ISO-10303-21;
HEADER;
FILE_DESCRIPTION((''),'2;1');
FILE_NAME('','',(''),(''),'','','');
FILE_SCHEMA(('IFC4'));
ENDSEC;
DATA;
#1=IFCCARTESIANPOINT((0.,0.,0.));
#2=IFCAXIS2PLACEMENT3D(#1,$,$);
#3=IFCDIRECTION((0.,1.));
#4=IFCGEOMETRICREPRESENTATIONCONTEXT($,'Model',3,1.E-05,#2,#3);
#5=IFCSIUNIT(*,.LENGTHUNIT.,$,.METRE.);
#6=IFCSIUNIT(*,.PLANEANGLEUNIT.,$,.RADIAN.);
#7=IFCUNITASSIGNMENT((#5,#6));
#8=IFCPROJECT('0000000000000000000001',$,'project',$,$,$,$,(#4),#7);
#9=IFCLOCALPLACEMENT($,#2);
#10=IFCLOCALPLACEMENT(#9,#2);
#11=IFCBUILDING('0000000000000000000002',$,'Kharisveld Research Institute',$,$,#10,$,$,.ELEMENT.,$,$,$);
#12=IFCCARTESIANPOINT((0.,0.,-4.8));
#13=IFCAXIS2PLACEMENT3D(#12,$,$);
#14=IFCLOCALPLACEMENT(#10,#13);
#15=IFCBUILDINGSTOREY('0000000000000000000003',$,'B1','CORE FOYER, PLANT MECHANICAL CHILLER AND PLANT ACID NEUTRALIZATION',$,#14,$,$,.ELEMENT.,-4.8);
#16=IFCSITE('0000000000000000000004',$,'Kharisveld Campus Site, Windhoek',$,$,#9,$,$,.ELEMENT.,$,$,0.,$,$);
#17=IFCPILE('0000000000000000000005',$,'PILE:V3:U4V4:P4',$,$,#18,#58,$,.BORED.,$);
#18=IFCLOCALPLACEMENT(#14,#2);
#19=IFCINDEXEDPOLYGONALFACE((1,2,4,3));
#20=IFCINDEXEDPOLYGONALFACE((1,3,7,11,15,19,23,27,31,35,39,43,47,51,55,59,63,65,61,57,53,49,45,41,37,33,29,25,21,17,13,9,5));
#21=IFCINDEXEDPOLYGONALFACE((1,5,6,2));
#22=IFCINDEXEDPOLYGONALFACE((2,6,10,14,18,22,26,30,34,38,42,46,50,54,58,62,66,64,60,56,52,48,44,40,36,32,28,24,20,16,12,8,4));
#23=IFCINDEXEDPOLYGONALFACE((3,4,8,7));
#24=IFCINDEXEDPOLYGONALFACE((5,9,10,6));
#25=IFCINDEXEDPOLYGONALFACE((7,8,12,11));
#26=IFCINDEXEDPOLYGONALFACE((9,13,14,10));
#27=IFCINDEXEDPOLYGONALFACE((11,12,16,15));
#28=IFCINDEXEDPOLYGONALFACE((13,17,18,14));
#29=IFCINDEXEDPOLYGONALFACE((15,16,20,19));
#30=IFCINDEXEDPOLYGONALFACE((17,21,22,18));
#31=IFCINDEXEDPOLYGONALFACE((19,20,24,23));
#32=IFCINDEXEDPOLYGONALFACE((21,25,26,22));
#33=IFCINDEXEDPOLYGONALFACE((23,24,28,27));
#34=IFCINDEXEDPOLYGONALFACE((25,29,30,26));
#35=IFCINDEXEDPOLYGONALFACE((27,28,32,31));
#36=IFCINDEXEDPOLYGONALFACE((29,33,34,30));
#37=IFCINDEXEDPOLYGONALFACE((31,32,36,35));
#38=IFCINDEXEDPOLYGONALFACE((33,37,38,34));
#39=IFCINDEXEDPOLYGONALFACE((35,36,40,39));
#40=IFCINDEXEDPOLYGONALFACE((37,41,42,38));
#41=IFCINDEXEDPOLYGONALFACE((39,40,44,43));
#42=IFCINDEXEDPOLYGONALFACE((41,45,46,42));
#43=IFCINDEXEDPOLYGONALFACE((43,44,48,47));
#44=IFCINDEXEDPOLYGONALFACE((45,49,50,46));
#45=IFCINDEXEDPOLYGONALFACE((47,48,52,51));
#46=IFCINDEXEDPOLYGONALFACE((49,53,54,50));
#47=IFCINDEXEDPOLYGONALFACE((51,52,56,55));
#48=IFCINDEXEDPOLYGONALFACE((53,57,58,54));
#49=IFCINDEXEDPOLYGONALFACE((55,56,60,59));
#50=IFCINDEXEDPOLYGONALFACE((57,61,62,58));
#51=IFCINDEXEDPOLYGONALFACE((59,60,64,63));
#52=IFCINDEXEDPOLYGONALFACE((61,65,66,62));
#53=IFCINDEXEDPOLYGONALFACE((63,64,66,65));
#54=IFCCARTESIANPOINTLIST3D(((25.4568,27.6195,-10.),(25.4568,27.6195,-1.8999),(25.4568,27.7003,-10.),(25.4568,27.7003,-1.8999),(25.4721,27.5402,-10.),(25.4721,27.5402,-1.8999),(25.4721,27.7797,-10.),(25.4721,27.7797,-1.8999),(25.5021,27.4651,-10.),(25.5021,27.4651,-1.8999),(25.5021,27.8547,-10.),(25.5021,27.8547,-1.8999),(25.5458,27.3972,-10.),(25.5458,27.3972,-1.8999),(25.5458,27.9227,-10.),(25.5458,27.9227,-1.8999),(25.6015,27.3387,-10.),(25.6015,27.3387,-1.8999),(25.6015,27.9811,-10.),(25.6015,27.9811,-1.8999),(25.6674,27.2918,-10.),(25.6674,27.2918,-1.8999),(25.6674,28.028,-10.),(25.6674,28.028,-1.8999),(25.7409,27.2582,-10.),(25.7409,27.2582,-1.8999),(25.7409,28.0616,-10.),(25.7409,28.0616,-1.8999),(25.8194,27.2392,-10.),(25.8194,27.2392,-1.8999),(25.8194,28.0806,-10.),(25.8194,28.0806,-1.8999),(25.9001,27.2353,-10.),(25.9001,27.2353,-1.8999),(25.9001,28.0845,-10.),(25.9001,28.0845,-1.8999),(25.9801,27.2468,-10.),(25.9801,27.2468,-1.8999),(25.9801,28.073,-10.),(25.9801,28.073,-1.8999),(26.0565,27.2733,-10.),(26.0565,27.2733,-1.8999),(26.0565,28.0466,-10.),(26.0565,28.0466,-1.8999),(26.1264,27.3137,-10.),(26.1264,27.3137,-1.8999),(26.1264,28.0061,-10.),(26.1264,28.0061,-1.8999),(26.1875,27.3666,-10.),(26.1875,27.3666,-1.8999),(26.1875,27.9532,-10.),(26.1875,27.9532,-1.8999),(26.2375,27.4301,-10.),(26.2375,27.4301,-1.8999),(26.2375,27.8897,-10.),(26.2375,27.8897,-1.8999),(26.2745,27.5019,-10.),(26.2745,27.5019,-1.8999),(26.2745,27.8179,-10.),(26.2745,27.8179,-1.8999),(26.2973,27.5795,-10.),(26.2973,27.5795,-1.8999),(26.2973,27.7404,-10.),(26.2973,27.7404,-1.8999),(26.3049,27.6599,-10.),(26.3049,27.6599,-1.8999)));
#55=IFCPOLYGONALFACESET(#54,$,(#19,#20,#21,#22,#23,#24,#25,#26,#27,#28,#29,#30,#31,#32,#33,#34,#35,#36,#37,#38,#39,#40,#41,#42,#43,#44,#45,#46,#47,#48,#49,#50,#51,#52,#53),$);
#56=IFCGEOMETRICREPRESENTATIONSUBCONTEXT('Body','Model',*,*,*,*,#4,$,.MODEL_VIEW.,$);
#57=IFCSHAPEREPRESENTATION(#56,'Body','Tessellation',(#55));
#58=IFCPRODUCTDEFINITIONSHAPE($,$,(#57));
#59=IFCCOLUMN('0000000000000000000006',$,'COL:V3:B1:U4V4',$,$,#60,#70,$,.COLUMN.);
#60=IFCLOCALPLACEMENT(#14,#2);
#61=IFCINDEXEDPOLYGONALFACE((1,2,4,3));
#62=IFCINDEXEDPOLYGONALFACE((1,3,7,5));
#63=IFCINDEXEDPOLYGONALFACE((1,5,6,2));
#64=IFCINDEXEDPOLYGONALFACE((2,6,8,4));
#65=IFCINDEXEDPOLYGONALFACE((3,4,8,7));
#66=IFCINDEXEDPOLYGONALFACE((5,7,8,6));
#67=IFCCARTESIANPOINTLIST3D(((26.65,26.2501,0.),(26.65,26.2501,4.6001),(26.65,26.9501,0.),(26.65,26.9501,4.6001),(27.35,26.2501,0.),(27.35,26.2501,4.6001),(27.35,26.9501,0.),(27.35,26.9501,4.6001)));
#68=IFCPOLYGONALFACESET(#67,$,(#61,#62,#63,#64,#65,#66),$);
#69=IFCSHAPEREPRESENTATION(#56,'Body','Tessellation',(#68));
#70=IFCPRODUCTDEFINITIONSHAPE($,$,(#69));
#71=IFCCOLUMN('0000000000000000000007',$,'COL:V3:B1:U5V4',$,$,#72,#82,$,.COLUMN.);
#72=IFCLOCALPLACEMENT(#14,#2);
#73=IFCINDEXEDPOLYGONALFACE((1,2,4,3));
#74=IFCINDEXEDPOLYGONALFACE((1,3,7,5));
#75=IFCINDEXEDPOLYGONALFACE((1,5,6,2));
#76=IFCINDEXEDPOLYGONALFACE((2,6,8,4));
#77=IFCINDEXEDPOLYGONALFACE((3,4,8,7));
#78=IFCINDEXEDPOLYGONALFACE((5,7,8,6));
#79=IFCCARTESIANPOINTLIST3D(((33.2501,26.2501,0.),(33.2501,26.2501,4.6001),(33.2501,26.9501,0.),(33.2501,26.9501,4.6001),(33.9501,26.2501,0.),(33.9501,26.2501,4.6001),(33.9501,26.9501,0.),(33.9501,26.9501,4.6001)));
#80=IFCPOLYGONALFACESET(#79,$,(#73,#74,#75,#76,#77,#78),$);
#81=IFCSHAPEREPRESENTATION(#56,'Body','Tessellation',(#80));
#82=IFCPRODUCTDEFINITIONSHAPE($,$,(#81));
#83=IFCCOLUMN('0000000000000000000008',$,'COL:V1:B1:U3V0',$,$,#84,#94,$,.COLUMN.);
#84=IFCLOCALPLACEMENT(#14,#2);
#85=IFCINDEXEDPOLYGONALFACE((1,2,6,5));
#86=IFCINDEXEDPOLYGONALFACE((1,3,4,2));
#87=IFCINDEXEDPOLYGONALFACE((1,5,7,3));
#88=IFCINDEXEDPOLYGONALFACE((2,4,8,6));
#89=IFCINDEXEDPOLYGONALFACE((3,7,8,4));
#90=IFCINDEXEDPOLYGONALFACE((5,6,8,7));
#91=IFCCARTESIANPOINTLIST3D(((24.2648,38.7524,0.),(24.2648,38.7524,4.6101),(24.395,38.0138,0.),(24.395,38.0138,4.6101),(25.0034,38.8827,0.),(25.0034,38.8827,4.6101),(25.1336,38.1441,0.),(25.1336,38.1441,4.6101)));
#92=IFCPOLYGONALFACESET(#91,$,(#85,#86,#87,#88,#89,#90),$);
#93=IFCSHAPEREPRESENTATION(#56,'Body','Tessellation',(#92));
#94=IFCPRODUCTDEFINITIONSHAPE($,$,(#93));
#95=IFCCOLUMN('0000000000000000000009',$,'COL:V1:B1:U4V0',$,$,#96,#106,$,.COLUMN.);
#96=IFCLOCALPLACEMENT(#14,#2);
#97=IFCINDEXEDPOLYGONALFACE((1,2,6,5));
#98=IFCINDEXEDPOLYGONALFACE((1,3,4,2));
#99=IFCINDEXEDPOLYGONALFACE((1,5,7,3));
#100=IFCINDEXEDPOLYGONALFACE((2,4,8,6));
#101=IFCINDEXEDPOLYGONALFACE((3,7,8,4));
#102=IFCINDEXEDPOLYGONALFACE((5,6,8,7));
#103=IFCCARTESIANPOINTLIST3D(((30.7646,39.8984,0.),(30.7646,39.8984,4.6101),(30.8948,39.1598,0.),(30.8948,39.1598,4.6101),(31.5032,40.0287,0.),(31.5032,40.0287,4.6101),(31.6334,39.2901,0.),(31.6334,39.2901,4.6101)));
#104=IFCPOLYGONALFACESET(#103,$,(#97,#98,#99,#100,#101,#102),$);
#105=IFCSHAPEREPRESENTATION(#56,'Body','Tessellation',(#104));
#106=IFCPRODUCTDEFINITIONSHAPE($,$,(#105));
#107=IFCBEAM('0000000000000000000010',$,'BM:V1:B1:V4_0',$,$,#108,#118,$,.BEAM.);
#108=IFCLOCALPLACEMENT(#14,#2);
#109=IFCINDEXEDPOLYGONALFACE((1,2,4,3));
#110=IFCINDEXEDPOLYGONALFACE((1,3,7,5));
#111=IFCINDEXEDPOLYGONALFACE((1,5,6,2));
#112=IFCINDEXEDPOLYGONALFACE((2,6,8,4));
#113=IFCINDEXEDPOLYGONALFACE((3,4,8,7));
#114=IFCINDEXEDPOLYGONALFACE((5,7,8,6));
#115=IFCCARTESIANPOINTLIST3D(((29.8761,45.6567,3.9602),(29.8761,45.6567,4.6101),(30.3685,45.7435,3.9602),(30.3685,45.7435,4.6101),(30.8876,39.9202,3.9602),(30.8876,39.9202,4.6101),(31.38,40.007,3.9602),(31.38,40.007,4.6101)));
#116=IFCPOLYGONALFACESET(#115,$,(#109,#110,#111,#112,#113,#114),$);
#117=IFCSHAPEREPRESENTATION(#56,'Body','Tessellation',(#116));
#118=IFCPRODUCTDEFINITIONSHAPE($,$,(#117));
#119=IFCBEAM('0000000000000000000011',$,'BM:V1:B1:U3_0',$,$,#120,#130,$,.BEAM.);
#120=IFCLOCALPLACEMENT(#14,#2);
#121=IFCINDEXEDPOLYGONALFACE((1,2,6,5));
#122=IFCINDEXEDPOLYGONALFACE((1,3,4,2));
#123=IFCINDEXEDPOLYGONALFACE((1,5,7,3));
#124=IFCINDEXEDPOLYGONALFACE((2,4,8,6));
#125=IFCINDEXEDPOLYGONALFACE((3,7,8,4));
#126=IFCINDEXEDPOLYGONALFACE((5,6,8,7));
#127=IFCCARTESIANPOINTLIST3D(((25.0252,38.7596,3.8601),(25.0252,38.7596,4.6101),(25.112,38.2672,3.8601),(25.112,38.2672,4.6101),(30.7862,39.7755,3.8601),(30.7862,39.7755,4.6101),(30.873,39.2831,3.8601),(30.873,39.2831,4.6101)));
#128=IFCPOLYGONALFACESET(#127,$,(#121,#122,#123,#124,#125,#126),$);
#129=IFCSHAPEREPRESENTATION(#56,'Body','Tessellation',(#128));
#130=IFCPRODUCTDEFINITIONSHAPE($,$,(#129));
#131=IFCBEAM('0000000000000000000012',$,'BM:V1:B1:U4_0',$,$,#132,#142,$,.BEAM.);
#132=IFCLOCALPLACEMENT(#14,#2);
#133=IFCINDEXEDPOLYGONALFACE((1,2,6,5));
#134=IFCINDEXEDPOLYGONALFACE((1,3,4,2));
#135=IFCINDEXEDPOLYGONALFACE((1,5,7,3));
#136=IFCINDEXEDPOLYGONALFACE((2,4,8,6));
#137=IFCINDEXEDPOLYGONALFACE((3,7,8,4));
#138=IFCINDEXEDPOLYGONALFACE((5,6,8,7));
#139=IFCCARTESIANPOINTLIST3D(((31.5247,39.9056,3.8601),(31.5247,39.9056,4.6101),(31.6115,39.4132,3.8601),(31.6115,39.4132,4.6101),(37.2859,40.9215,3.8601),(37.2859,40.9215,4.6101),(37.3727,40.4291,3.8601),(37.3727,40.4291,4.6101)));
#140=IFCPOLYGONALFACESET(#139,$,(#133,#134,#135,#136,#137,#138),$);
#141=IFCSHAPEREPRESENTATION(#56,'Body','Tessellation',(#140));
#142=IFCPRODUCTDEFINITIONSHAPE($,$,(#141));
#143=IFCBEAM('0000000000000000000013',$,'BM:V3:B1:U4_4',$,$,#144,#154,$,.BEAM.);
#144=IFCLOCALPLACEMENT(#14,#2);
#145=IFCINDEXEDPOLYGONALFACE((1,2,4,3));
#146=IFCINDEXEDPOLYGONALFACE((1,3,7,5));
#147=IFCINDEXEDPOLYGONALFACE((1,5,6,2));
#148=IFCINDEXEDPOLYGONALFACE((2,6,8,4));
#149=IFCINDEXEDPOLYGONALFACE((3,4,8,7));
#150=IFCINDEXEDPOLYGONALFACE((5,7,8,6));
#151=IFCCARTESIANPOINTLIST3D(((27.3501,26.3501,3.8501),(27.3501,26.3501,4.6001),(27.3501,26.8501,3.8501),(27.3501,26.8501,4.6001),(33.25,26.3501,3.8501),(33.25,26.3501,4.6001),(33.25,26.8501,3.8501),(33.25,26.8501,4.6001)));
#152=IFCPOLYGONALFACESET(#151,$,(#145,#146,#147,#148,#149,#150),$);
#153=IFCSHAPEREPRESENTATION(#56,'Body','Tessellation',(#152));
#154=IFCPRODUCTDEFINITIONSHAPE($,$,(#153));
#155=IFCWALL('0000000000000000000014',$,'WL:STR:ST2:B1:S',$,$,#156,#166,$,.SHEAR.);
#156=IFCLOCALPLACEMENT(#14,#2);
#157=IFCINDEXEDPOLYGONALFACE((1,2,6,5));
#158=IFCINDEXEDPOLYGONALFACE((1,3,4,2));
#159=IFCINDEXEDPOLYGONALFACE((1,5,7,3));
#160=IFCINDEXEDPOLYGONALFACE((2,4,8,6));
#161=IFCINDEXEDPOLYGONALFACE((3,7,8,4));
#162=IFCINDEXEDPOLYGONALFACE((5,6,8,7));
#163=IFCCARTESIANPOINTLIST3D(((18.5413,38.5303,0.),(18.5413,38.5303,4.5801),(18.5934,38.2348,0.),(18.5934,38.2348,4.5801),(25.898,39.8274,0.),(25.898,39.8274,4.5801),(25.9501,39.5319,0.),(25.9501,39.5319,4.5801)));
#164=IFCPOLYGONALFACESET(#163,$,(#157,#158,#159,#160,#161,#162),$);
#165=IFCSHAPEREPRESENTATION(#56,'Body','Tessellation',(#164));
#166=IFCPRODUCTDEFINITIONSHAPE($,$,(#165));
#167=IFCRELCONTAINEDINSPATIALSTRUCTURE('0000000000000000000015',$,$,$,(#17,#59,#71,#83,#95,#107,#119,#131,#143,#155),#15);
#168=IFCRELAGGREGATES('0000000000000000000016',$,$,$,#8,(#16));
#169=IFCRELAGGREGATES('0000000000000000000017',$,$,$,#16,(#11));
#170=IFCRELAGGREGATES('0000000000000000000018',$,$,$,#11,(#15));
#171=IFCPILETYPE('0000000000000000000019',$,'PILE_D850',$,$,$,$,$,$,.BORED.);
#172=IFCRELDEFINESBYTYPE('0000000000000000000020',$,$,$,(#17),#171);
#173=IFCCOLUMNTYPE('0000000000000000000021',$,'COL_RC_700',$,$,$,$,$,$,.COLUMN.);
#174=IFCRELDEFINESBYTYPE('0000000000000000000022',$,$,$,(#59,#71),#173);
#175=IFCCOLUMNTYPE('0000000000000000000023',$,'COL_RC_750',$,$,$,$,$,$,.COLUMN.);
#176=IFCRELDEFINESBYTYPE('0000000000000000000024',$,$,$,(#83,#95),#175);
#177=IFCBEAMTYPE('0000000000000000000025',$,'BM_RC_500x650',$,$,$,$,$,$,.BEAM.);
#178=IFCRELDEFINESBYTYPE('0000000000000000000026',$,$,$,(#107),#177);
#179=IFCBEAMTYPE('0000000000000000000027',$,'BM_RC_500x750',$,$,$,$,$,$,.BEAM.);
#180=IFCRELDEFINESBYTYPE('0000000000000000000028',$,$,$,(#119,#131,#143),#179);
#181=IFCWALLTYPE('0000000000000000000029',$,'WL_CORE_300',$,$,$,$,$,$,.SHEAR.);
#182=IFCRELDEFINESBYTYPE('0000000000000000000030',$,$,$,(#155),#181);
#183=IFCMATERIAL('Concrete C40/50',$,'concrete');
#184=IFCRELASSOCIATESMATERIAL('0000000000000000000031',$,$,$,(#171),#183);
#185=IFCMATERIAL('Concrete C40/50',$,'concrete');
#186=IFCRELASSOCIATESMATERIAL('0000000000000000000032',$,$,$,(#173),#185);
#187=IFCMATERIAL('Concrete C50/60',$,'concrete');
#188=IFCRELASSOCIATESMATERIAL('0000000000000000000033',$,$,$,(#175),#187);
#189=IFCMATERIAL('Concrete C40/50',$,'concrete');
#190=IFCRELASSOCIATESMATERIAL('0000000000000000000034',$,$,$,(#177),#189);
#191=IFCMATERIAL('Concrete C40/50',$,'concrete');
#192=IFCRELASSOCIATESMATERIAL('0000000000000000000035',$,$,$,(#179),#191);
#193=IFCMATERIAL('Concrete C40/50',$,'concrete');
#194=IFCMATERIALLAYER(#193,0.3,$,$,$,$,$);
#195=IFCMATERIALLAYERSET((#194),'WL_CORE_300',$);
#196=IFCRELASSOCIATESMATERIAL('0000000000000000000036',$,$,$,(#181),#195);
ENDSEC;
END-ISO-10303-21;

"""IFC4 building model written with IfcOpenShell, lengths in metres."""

from ifc_helpers import new_model, si_unit, direction, frame, frame_2d, origin, origin_2d, place, context, subcontext, project, spatial, rectangle, circle, extrude, material, layer, layer_set, material_profile, profile_set, type_object, element, save


model = new_model("IFC4")

# Units and contexts
model_context = context("Model", 3, precision=1e-05, world=origin(), true_north=direction((0.0, 1.0)))
body_context = subcontext(model_context, "Body", "Model", "MODEL_VIEW")
ifc_project = project(units=[si_unit("LENGTHUNIT", "METRE"), si_unit("PLANEANGLEUNIT", "RADIAN")], contexts=[model_context])

# Site, building, storey
site_placement = place(None, origin())
site = spatial("IfcSite", under=ifc_project, at=site_placement, Name="Kharisveld Campus Site, Windhoek", CompositionType="ELEMENT", RefElevation=0.0)
building_placement = place(site_placement, origin())
building = spatial("IfcBuilding", under=site, at=building_placement, Name="Kharisveld Research Institute", CompositionType="ELEMENT")
storey_placement = place(building_placement, frame((0.0, 0.0, -4.8)))
storey = spatial("IfcBuildingStorey", under=building, at=storey_placement, Name="B1", Description="CORE FOYER, PLANT MECHANICAL CHILLER AND PLANT ACID NEUTRALIZATION", CompositionType="ELEMENT", Elevation=-4.8)

# Pile
ifc_material_1 = material(Name="Concrete C40/50", Category="concrete")
ifc_material_profile_1 = material_profile(ifc_material_1, circle(Radius=0.425, at=origin_2d()))
ifc_profile_set_1 = profile_set([ifc_material_profile_1], Name="Concrete C40/50")
pile_type_1 = type_object("IfcPileType", Name="PILE_D850", PredefinedType="BORED", material=ifc_profile_set_1)
for number, where, z_axis, x_axis, name in (
    (1, (25.8799, 27.6599, -1.8999), (0.0, 0.0, -1.0), (1.0, 0.0, 0.0), "PILE:V3:U4V4:P4"),
):
    element("IfcPile", number, at=place(storey_placement, frame(where, z_axis=z_axis, x_axis=x_axis)), inside=storey, type_object=pile_type_1, Name=name, PredefinedType="BORED", context=body_context, shape_type="SweptSolid", body=[
        extrude(circle(Radius=0.425, at=origin_2d()), origin(), (0.0, 0.0, 1.0), 8.1001),
    ])

# Columns
ifc_material_2 = material(Name="Concrete C40/50", Category="concrete")
ifc_material_profile_2 = material_profile(ifc_material_2, rectangle(XDim=0.7, YDim=0.7, at=origin_2d()))
ifc_profile_set_2 = profile_set([ifc_material_profile_2], Name="Concrete C40/50")
column_type_1 = type_object("IfcColumnType", Name="COL_RC_700", PredefinedType="COLUMN", material=ifc_profile_set_2)
for number, where, z_axis, x_axis, name in (
    (2, (27.0, 26.6001, 0.0), (0.0, 0.0, 1.0), (1.0, 0.0, 0.0), "COL:V3:B1:U4V4"),
    (3, (33.6001, 26.6001, 0.0), (0.0, 0.0, 1.0), (1.0, 0.0, 0.0), "COL:V3:B1:U5V4"),
):
    element("IfcColumn", number, at=place(storey_placement, frame(where, z_axis=z_axis, x_axis=x_axis)), inside=storey, type_object=column_type_1, Name=name, PredefinedType="COLUMN", context=body_context, shape_type="SweptSolid", body=[
        extrude(rectangle(XDim=0.7, YDim=0.7, at=origin_2d()), origin(), (0.0, 0.0, 1.0), 4.6001),
    ])
ifc_material_3 = material(Name="Concrete C50/60", Category="concrete")
ifc_material_profile_3 = material_profile(ifc_material_3, rectangle(XDim=0.75, YDim=0.75, at=origin_2d()))
ifc_profile_set_3 = profile_set([ifc_material_profile_3], Name="Concrete C50/60")
column_type_2 = type_object("IfcColumnType", Name="COL_RC_750", PredefinedType="COLUMN", material=ifc_profile_set_3)
for number, where, z_axis, x_axis, name in (
    (4, (24.6992, 38.4482, 0.0), (0.0, 0.0, 1.0), (0.984808, 0.173648, 0.0), "COL:V1:B1:U3V0"),
    (5, (31.199, 39.5942, 0.0), (0.0, 0.0, 1.0), (0.984808, 0.173648, 0.0), "COL:V1:B1:U4V0"),
):
    element("IfcColumn", number, at=place(storey_placement, frame(where, z_axis=z_axis, x_axis=x_axis)), inside=storey, type_object=column_type_2, Name=name, PredefinedType="COLUMN", context=body_context, shape_type="SweptSolid", body=[
        extrude(rectangle(XDim=0.75, YDim=0.75, at=origin_2d()), origin(), (0.0, 0.0, 1.0), 4.6101),
    ])

# Beams
ifc_material_4 = material(Name="Concrete C40/50", Category="concrete")
ifc_material_profile_4 = material_profile(ifc_material_4, rectangle(XDim=0.5, YDim=0.6499, at=origin_2d()))
ifc_profile_set_4 = profile_set([ifc_material_profile_4], Name="Concrete C40/50")
beam_type_1 = type_object("IfcBeamType", Name="BM_RC_500x650", PredefinedType="BEAM", material=ifc_profile_set_4)
beam_1_placement = place(storey_placement, frame((31.1338, 39.9636, 4.2852), z_axis=(-0.173642, 0.984809, 0.0), x_axis=(-0.984809, -0.173642, 0.0)))
element("IfcBeam", 6, at=beam_1_placement, inside=storey, type_object=beam_type_1, Name="BM:V1:B1:V4_0", PredefinedType="BEAM", context=body_context, shape_type="SweptSolid", body=[
    extrude(rectangle(XDim=0.5, YDim=0.6499, at=origin_2d()), origin(), (0.0, 0.0, 1.0), 5.825),
])
ifc_material_5 = material(Name="Concrete C40/50", Category="concrete")
ifc_material_profile_5 = material_profile(ifc_material_5, rectangle(XDim=0.5, YDim=0.75, at=origin_2d()))
ifc_profile_set_5 = profile_set([ifc_material_profile_5], Name="Concrete C40/50")
beam_type_2 = type_object("IfcBeamType", Name="BM_RC_500x750", PredefinedType="BEAM", material=ifc_profile_set_5)
beam_2_placement = place(storey_placement, frame((25.0686, 38.5134, 4.2351), z_axis=(0.984806, 0.173657, 0.0), x_axis=(-0.173657, 0.984806, 0.0)))
element("IfcBeam", 7, at=beam_2_placement, inside=storey, type_object=beam_type_2, Name="BM:V1:B1:U3_0", PredefinedType="BEAM", context=body_context, shape_type="SweptSolid", body=[
    extrude(rectangle(XDim=0.5, YDim=0.75, at=origin_2d()), origin(), (0.0, 0.0, 1.0), 5.8499),
])
beam_3_placement = place(storey_placement, frame((31.5681, 39.6594, 4.2351), z_axis=(0.984807, 0.17365, 0.0), x_axis=(-0.17365, 0.984807, 0.0)))
element("IfcBeam", 8, at=beam_3_placement, inside=storey, type_object=beam_type_2, Name="BM:V1:B1:U4_0", PredefinedType="BEAM", context=body_context, shape_type="SweptSolid", body=[
    extrude(rectangle(XDim=0.5, YDim=0.75, at=origin_2d()), origin(), (0.0, 0.0, 1.0), 5.8501),
])
beam_4_placement = place(storey_placement, frame((27.3501, 26.6001, 4.2251), z_axis=(1.0, 0.0, 0.0), x_axis=(0.0, 1.0, 0.0)))
element("IfcBeam", 9, at=beam_4_placement, inside=storey, type_object=beam_type_2, Name="BM:V3:B1:U4_4", PredefinedType="BEAM", context=body_context, shape_type="SweptSolid", body=[
    extrude(rectangle(XDim=0.5, YDim=0.75, at=origin_2d()), origin(), (0.0, 0.0, 1.0), 5.8999),
])

# Wall
ifc_material_6 = material(Name="Concrete C40/50", Category="concrete")
ifc_layer = layer(ifc_material_6, 0.3)
ifc_layer_set = layer_set([ifc_layer], Name="WL_CORE_300")
wall_type = type_object("IfcWallType", Name="WL_CORE_300", PredefinedType="SHEAR", material=ifc_layer_set)
wall_placement = place(storey_placement, frame((25.9241, 39.6797, 0.0), z_axis=(0.0, 0.0, 1.0), x_axis=(-0.984809, -0.17364, 0.0)))
element("IfcWall", 10, at=wall_placement, inside=storey, type_object=wall_type, Name="WL:STR:ST2:B1:S", PredefinedType="SHEAR", context=body_context, shape_type="SweptSolid", body=[
    extrude(rectangle(XDim=7.4702, YDim=0.3, at=frame_2d((3.7351, 0.0))), origin(), (0.0, 0.0, 1.0), 4.5801),
])

save(model, "model.ifc")
